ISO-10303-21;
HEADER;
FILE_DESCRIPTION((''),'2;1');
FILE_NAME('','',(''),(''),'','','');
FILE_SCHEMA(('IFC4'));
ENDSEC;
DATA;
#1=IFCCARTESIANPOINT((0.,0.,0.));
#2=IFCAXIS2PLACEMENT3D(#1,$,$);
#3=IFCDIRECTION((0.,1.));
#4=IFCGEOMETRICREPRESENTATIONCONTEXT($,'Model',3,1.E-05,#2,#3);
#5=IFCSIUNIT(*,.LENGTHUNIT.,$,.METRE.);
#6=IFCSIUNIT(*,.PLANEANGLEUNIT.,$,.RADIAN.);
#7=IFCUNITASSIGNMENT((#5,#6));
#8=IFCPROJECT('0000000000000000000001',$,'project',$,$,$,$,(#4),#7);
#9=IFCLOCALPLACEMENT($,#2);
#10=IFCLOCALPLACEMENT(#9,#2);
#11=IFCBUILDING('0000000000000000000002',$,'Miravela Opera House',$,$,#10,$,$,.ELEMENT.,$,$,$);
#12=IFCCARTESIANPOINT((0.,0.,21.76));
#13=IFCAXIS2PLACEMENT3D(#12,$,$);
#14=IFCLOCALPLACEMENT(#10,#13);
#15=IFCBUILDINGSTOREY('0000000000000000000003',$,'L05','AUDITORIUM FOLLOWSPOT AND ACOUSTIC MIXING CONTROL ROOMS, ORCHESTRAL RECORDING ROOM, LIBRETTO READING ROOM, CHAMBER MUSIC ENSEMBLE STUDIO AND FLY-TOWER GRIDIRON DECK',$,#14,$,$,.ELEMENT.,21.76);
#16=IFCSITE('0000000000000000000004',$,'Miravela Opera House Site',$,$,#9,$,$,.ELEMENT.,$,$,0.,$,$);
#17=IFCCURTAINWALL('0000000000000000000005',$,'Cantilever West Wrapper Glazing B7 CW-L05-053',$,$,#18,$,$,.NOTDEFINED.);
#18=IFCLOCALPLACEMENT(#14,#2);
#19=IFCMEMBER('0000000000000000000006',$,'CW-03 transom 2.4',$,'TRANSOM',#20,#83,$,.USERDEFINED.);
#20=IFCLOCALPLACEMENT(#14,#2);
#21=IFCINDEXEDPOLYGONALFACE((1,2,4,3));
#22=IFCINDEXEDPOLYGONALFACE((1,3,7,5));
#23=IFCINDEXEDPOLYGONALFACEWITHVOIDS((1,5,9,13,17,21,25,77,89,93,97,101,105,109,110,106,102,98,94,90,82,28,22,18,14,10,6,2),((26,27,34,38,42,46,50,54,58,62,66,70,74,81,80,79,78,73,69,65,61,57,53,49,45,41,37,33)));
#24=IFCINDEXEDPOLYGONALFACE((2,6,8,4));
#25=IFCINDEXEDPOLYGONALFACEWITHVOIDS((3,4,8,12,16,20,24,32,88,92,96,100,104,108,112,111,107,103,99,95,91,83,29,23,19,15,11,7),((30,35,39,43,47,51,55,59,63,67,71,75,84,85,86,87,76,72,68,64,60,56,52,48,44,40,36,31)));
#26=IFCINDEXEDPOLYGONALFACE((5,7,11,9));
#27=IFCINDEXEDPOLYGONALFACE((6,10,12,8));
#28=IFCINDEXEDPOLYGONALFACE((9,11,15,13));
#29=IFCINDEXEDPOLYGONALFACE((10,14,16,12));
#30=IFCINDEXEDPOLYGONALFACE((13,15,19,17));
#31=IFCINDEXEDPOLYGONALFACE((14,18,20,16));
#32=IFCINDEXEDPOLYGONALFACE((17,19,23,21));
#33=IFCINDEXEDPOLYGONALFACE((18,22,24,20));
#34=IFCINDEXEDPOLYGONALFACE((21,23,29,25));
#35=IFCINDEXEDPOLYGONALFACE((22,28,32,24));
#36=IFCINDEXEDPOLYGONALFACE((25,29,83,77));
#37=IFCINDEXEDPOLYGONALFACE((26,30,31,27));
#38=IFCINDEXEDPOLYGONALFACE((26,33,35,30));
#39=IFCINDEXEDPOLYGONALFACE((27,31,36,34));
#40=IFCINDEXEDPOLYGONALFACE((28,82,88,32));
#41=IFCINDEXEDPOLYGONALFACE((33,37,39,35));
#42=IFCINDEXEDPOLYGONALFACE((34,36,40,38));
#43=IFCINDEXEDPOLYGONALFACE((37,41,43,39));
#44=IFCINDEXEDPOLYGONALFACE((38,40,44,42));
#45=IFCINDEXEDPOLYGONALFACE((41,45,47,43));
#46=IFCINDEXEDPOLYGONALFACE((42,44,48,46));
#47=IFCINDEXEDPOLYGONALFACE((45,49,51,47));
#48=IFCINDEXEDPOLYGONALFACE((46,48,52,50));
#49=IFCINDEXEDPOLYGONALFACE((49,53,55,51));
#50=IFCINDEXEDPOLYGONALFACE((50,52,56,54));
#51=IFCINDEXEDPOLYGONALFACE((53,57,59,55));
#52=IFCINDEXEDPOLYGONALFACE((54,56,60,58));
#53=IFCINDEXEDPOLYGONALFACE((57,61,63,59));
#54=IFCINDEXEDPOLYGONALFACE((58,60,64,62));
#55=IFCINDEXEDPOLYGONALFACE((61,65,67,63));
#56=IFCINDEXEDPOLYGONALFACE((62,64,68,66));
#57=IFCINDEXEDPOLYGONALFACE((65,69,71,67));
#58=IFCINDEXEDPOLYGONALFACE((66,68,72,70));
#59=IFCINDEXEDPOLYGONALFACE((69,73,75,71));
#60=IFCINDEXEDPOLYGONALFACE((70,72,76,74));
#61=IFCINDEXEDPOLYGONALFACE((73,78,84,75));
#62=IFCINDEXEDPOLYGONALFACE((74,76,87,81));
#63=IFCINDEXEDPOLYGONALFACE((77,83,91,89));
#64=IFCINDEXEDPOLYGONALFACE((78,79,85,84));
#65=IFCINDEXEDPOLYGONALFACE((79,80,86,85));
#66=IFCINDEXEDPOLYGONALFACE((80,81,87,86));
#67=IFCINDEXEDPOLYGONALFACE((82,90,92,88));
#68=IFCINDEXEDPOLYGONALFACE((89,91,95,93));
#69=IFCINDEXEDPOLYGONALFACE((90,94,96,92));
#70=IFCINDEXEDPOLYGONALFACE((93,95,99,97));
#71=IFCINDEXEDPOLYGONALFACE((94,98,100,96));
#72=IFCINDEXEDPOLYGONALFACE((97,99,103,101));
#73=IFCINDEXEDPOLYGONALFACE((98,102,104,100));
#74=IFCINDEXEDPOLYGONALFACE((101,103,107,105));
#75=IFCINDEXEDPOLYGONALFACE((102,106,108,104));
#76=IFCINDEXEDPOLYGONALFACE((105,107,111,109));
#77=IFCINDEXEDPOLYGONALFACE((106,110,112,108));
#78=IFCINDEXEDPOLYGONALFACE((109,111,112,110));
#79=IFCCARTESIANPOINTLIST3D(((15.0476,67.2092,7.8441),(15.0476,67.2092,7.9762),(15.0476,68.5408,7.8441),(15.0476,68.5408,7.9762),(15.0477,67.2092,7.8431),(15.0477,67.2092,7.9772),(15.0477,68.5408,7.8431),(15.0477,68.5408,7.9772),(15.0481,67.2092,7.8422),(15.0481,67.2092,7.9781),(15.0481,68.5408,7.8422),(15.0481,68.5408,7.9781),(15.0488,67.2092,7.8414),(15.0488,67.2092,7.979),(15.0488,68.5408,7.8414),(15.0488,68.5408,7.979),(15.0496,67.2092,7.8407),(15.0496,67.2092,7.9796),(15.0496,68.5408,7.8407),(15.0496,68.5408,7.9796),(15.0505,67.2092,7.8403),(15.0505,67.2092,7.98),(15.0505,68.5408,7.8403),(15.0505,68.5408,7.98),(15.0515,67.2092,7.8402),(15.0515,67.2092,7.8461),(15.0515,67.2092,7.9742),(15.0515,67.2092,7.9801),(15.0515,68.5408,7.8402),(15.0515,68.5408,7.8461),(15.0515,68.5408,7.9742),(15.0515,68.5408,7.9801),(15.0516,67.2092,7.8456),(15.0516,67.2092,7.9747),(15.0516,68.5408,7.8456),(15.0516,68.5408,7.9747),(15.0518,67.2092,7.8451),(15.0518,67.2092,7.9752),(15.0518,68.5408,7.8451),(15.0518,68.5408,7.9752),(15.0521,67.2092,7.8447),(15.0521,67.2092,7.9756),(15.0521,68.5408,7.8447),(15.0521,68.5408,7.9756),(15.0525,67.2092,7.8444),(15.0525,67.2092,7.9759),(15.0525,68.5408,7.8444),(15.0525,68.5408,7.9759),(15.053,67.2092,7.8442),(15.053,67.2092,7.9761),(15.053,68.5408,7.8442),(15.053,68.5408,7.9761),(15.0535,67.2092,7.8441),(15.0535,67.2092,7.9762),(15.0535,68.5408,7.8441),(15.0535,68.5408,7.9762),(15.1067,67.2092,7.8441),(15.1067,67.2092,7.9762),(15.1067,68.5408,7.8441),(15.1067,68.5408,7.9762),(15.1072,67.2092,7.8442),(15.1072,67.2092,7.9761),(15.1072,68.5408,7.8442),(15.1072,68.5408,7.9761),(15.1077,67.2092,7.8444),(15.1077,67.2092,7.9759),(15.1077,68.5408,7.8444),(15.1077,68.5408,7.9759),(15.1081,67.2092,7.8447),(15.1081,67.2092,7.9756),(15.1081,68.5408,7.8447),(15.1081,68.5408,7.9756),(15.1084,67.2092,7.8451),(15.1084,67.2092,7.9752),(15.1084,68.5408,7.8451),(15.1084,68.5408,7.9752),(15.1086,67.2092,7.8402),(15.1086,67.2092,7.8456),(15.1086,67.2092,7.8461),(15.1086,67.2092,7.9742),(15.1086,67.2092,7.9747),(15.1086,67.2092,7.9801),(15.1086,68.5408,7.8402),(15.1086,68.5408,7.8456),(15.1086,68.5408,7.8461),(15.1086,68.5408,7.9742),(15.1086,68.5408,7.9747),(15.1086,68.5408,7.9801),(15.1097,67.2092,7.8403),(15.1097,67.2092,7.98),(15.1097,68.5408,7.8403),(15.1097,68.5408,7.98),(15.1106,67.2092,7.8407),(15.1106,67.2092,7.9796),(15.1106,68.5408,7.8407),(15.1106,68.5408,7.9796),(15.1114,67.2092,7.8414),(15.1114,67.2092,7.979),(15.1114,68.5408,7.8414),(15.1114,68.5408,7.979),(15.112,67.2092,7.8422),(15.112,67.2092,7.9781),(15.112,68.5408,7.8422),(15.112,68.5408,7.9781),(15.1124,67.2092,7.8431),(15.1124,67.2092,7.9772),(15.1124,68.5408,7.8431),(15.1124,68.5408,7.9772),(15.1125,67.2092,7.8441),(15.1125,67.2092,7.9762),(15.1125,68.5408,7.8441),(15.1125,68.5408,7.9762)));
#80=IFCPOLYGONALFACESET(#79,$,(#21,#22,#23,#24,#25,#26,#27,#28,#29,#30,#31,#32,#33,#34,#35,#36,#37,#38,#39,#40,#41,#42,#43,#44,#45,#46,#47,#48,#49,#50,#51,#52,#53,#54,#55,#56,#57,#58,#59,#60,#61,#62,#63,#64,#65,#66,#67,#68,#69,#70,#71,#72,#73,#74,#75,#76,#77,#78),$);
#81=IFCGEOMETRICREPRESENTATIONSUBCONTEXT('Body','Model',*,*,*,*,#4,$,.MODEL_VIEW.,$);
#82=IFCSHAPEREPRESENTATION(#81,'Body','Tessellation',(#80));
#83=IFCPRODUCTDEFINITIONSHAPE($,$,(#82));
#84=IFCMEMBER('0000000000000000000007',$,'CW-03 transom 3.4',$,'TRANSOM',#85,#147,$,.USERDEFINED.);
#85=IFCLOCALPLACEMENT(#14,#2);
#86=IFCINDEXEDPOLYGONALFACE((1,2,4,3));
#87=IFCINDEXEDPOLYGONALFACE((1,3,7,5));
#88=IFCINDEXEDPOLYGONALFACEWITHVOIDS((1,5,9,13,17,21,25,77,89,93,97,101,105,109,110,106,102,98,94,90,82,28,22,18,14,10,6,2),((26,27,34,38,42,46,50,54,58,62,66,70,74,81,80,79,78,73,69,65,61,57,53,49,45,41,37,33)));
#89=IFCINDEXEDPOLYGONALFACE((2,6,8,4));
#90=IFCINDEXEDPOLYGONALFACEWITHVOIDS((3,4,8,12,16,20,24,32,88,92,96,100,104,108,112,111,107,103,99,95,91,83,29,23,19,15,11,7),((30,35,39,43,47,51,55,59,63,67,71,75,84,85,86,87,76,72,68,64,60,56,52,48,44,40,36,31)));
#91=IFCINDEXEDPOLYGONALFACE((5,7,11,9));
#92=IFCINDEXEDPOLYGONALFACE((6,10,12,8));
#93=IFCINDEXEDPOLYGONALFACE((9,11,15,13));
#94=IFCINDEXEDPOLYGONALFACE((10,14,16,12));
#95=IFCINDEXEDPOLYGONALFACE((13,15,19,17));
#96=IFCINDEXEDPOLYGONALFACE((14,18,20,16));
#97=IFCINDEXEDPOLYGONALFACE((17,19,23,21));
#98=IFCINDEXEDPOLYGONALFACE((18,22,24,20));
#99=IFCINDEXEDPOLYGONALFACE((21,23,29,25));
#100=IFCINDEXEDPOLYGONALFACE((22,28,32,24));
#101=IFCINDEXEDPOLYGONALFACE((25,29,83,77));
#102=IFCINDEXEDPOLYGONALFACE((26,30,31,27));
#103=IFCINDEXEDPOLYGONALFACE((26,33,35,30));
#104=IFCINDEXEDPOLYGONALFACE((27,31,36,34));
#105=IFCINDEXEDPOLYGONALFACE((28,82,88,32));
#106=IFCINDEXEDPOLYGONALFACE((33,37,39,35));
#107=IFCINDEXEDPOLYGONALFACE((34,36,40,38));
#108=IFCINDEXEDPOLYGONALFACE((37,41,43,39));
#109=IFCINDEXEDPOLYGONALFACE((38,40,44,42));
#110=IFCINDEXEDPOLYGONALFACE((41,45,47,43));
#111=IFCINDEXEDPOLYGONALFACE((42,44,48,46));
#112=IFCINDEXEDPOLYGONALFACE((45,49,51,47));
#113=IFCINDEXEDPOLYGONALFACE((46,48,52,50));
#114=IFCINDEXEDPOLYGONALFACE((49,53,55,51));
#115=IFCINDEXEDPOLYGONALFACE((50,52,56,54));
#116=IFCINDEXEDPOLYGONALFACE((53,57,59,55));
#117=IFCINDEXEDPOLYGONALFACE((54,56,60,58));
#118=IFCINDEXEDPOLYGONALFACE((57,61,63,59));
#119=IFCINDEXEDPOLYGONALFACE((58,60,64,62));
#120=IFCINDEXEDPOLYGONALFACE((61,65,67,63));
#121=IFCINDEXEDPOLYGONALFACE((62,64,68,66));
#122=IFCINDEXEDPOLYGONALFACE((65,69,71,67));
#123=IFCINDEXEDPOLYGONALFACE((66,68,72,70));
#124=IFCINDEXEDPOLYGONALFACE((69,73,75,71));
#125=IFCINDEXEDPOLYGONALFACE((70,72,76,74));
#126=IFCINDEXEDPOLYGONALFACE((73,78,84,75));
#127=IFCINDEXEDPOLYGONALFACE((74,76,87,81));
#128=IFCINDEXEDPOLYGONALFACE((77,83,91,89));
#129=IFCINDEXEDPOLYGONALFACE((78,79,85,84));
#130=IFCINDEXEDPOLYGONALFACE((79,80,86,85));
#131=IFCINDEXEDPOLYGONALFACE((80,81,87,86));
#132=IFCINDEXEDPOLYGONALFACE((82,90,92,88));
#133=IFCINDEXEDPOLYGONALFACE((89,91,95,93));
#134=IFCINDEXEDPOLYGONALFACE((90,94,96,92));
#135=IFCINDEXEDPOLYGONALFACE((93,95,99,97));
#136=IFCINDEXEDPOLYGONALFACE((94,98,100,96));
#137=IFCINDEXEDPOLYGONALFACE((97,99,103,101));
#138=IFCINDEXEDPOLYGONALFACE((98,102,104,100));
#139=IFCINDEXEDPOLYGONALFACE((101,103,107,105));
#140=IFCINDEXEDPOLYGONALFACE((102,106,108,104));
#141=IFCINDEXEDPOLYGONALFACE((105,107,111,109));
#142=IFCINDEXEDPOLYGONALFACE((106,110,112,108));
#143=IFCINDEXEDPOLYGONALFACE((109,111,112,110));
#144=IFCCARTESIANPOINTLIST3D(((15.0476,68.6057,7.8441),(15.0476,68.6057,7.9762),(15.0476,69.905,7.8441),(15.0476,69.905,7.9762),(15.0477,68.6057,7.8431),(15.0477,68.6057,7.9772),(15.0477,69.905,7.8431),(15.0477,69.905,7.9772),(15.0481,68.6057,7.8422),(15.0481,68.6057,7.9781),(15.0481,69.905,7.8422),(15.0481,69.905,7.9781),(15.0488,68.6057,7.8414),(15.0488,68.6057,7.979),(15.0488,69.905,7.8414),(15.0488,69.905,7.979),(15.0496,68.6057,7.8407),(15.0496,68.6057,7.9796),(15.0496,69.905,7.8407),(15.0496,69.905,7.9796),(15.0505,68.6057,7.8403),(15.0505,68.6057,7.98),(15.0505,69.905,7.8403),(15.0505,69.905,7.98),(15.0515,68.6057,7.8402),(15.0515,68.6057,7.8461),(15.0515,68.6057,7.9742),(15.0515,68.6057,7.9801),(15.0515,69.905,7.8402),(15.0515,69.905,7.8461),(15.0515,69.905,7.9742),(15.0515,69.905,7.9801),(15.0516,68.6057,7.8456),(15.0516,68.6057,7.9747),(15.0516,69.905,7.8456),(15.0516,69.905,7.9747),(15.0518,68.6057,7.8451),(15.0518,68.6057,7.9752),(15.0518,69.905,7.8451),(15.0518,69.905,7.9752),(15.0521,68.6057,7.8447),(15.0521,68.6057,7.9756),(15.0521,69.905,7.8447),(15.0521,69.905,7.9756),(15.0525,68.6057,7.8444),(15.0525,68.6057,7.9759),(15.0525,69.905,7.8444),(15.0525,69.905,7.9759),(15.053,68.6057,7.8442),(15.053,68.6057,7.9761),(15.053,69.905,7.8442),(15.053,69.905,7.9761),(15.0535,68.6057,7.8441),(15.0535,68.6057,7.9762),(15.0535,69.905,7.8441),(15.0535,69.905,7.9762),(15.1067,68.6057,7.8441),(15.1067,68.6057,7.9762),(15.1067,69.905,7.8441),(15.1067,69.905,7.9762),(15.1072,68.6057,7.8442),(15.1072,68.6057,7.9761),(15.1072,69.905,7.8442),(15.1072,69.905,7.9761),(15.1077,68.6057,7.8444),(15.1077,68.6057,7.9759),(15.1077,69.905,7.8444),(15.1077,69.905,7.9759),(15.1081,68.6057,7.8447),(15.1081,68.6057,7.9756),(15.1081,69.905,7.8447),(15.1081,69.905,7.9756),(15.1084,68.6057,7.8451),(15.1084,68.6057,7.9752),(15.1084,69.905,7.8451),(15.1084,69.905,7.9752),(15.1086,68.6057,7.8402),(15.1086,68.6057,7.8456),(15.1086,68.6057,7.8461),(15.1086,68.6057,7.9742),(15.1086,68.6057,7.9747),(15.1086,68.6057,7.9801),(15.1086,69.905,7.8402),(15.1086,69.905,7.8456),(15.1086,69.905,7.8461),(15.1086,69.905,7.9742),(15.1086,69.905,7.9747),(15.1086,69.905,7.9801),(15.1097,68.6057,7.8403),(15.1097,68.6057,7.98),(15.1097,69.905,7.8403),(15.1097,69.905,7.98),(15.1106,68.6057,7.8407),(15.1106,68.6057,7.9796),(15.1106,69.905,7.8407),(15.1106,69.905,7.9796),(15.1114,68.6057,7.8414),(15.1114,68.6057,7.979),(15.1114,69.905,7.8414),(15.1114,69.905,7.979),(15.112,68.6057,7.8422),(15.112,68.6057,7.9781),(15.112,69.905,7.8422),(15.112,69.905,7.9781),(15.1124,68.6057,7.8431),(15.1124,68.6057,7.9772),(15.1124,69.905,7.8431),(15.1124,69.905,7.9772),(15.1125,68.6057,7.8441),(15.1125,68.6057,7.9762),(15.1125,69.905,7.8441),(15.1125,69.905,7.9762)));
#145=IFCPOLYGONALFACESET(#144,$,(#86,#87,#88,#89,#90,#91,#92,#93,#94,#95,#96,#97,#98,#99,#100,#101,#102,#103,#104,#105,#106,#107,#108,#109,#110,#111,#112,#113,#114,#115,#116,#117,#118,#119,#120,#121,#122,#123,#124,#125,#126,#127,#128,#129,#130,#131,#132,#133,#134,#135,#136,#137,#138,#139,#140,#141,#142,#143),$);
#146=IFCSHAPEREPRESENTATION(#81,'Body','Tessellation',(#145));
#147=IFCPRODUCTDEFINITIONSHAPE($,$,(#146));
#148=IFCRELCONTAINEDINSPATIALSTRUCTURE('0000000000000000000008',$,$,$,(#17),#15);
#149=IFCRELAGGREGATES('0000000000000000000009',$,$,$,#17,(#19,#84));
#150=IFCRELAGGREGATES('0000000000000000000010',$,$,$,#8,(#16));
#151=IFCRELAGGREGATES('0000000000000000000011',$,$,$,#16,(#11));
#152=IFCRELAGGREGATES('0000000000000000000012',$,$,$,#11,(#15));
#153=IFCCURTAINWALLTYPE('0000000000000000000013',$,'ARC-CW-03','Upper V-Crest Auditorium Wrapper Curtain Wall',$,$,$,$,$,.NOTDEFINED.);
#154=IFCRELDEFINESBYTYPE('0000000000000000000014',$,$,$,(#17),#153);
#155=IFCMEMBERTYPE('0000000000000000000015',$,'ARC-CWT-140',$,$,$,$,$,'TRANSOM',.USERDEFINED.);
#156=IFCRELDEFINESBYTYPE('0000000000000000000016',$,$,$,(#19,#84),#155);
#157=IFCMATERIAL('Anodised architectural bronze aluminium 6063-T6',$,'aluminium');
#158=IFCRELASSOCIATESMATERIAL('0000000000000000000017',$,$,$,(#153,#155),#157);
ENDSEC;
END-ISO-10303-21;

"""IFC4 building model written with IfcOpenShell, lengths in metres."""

from ifc_helpers import new_model, si_unit, direction, frame, origin, origin_2d, place, context, subcontext, project, spatial, hollow_rectangle, extrude, material, material_profile, profile_set, type_object, element, aggregate, save


model = new_model("IFC4")

# Units and contexts
model_context = context("Model", 3, precision=1e-05, world=origin(), true_north=direction((0.0, 1.0)))
body_context = subcontext(model_context, "Body", "Model", "MODEL_VIEW")
ifc_project = project(units=[si_unit("LENGTHUNIT", "METRE"), si_unit("PLANEANGLEUNIT", "RADIAN")], contexts=[model_context])

# Site, building, storey
site_placement = place(None, origin())
site = spatial("IfcSite", under=ifc_project, at=site_placement, Name="Miravela Opera House Site", CompositionType="ELEMENT", RefElevation=0.0)
building_placement = place(site_placement, origin())
building = spatial("IfcBuilding", under=site, at=building_placement, Name="Miravela Opera House", CompositionType="ELEMENT")
storey_placement = place(building_placement, frame((0.0, 0.0, 21.76)))
storey = spatial("IfcBuildingStorey", under=building, at=storey_placement, Name="L05", Description="AUDITORIUM FOLLOWSPOT AND ACOUSTIC MIXING CONTROL ROOMS, ORCHESTRAL RECORDING ROOM, LIBRETTO READING ROOM, CHAMBER MUSIC ENSEMBLE STUDIO AND FLY-TOWER GRIDIRON DECK", CompositionType="ELEMENT", Elevation=21.76)

# Curtain wall, members
ifc_material_1 = material(Name="Anodised architectural bronze aluminium 6063-T6", Category="aluminium")
curtain_wall_type = type_object("IfcCurtainWallType", Name="ARC-CW-03", Description="Upper V-Crest Auditorium Wrapper Curtain Wall", PredefinedType="NOTDEFINED", material=ifc_material_1)
curtain_wall_1_placement = place(storey_placement, origin())
curtain_wall_1 = element("IfcCurtainWall", 1, at=curtain_wall_1_placement, inside=storey, type_object=curtain_wall_type, Name="Cantilever West Wrapper Glazing B7 CW-L05-053", PredefinedType="NOTDEFINED")
ifc_material_profile_1 = material_profile(ifc_material_1, hollow_rectangle(XDim=0.0649, YDim=0.1399, WallThickness=0.0039, InnerFilletRadius=0.002, OuterFilletRadius=0.0039, at=origin_2d()), Name="CWT-65X140")
ifc_profile_set_1 = profile_set([ifc_material_profile_1])
member_type_1 = type_object("IfcMemberType", Name="ARC-CWT-140", ElementType="TRANSOM", PredefinedType="USERDEFINED", material=ifc_profile_set_1)
member_1_placement = place(storey_placement, frame((15.0801, 67.2092, 7.9102), z_axis=(0.0, 1.0, 0.0), x_axis=(-1.0, 0.0, 0.0)))
member_1 = element("IfcMember", 2, at=member_1_placement, type_object=member_type_1, Name="CW-03 transom 2.4", ObjectType="TRANSOM", PredefinedType="USERDEFINED", context=body_context, shape_type="SweptSolid", body=[
    extrude(hollow_rectangle(XDim=0.0649, YDim=0.1399, WallThickness=0.0039, InnerFilletRadius=0.002, OuterFilletRadius=0.0039, at=origin_2d()), origin(), (0.0, 0.0, 1.0), 1.3315),
])
member_2_placement = place(storey_placement, frame((15.0801, 68.6057, 7.9102), z_axis=(0.0, 1.0, 0.0), x_axis=(-1.0, 0.0, 0.0)))
member_2 = element("IfcMember", 3, at=member_2_placement, type_object=member_type_1, Name="CW-03 transom 3.4", ObjectType="TRANSOM", PredefinedType="USERDEFINED", context=body_context, shape_type="SweptSolid", body=[
    extrude(hollow_rectangle(XDim=0.0649, YDim=0.1399, WallThickness=0.0039, InnerFilletRadius=0.002, OuterFilletRadius=0.0039, at=origin_2d()), origin(), (0.0, 0.0, 1.0), 1.2993),
])
aggregate(curtain_wall_1, [member_1, member_2])

save(model, "model.ifc")
